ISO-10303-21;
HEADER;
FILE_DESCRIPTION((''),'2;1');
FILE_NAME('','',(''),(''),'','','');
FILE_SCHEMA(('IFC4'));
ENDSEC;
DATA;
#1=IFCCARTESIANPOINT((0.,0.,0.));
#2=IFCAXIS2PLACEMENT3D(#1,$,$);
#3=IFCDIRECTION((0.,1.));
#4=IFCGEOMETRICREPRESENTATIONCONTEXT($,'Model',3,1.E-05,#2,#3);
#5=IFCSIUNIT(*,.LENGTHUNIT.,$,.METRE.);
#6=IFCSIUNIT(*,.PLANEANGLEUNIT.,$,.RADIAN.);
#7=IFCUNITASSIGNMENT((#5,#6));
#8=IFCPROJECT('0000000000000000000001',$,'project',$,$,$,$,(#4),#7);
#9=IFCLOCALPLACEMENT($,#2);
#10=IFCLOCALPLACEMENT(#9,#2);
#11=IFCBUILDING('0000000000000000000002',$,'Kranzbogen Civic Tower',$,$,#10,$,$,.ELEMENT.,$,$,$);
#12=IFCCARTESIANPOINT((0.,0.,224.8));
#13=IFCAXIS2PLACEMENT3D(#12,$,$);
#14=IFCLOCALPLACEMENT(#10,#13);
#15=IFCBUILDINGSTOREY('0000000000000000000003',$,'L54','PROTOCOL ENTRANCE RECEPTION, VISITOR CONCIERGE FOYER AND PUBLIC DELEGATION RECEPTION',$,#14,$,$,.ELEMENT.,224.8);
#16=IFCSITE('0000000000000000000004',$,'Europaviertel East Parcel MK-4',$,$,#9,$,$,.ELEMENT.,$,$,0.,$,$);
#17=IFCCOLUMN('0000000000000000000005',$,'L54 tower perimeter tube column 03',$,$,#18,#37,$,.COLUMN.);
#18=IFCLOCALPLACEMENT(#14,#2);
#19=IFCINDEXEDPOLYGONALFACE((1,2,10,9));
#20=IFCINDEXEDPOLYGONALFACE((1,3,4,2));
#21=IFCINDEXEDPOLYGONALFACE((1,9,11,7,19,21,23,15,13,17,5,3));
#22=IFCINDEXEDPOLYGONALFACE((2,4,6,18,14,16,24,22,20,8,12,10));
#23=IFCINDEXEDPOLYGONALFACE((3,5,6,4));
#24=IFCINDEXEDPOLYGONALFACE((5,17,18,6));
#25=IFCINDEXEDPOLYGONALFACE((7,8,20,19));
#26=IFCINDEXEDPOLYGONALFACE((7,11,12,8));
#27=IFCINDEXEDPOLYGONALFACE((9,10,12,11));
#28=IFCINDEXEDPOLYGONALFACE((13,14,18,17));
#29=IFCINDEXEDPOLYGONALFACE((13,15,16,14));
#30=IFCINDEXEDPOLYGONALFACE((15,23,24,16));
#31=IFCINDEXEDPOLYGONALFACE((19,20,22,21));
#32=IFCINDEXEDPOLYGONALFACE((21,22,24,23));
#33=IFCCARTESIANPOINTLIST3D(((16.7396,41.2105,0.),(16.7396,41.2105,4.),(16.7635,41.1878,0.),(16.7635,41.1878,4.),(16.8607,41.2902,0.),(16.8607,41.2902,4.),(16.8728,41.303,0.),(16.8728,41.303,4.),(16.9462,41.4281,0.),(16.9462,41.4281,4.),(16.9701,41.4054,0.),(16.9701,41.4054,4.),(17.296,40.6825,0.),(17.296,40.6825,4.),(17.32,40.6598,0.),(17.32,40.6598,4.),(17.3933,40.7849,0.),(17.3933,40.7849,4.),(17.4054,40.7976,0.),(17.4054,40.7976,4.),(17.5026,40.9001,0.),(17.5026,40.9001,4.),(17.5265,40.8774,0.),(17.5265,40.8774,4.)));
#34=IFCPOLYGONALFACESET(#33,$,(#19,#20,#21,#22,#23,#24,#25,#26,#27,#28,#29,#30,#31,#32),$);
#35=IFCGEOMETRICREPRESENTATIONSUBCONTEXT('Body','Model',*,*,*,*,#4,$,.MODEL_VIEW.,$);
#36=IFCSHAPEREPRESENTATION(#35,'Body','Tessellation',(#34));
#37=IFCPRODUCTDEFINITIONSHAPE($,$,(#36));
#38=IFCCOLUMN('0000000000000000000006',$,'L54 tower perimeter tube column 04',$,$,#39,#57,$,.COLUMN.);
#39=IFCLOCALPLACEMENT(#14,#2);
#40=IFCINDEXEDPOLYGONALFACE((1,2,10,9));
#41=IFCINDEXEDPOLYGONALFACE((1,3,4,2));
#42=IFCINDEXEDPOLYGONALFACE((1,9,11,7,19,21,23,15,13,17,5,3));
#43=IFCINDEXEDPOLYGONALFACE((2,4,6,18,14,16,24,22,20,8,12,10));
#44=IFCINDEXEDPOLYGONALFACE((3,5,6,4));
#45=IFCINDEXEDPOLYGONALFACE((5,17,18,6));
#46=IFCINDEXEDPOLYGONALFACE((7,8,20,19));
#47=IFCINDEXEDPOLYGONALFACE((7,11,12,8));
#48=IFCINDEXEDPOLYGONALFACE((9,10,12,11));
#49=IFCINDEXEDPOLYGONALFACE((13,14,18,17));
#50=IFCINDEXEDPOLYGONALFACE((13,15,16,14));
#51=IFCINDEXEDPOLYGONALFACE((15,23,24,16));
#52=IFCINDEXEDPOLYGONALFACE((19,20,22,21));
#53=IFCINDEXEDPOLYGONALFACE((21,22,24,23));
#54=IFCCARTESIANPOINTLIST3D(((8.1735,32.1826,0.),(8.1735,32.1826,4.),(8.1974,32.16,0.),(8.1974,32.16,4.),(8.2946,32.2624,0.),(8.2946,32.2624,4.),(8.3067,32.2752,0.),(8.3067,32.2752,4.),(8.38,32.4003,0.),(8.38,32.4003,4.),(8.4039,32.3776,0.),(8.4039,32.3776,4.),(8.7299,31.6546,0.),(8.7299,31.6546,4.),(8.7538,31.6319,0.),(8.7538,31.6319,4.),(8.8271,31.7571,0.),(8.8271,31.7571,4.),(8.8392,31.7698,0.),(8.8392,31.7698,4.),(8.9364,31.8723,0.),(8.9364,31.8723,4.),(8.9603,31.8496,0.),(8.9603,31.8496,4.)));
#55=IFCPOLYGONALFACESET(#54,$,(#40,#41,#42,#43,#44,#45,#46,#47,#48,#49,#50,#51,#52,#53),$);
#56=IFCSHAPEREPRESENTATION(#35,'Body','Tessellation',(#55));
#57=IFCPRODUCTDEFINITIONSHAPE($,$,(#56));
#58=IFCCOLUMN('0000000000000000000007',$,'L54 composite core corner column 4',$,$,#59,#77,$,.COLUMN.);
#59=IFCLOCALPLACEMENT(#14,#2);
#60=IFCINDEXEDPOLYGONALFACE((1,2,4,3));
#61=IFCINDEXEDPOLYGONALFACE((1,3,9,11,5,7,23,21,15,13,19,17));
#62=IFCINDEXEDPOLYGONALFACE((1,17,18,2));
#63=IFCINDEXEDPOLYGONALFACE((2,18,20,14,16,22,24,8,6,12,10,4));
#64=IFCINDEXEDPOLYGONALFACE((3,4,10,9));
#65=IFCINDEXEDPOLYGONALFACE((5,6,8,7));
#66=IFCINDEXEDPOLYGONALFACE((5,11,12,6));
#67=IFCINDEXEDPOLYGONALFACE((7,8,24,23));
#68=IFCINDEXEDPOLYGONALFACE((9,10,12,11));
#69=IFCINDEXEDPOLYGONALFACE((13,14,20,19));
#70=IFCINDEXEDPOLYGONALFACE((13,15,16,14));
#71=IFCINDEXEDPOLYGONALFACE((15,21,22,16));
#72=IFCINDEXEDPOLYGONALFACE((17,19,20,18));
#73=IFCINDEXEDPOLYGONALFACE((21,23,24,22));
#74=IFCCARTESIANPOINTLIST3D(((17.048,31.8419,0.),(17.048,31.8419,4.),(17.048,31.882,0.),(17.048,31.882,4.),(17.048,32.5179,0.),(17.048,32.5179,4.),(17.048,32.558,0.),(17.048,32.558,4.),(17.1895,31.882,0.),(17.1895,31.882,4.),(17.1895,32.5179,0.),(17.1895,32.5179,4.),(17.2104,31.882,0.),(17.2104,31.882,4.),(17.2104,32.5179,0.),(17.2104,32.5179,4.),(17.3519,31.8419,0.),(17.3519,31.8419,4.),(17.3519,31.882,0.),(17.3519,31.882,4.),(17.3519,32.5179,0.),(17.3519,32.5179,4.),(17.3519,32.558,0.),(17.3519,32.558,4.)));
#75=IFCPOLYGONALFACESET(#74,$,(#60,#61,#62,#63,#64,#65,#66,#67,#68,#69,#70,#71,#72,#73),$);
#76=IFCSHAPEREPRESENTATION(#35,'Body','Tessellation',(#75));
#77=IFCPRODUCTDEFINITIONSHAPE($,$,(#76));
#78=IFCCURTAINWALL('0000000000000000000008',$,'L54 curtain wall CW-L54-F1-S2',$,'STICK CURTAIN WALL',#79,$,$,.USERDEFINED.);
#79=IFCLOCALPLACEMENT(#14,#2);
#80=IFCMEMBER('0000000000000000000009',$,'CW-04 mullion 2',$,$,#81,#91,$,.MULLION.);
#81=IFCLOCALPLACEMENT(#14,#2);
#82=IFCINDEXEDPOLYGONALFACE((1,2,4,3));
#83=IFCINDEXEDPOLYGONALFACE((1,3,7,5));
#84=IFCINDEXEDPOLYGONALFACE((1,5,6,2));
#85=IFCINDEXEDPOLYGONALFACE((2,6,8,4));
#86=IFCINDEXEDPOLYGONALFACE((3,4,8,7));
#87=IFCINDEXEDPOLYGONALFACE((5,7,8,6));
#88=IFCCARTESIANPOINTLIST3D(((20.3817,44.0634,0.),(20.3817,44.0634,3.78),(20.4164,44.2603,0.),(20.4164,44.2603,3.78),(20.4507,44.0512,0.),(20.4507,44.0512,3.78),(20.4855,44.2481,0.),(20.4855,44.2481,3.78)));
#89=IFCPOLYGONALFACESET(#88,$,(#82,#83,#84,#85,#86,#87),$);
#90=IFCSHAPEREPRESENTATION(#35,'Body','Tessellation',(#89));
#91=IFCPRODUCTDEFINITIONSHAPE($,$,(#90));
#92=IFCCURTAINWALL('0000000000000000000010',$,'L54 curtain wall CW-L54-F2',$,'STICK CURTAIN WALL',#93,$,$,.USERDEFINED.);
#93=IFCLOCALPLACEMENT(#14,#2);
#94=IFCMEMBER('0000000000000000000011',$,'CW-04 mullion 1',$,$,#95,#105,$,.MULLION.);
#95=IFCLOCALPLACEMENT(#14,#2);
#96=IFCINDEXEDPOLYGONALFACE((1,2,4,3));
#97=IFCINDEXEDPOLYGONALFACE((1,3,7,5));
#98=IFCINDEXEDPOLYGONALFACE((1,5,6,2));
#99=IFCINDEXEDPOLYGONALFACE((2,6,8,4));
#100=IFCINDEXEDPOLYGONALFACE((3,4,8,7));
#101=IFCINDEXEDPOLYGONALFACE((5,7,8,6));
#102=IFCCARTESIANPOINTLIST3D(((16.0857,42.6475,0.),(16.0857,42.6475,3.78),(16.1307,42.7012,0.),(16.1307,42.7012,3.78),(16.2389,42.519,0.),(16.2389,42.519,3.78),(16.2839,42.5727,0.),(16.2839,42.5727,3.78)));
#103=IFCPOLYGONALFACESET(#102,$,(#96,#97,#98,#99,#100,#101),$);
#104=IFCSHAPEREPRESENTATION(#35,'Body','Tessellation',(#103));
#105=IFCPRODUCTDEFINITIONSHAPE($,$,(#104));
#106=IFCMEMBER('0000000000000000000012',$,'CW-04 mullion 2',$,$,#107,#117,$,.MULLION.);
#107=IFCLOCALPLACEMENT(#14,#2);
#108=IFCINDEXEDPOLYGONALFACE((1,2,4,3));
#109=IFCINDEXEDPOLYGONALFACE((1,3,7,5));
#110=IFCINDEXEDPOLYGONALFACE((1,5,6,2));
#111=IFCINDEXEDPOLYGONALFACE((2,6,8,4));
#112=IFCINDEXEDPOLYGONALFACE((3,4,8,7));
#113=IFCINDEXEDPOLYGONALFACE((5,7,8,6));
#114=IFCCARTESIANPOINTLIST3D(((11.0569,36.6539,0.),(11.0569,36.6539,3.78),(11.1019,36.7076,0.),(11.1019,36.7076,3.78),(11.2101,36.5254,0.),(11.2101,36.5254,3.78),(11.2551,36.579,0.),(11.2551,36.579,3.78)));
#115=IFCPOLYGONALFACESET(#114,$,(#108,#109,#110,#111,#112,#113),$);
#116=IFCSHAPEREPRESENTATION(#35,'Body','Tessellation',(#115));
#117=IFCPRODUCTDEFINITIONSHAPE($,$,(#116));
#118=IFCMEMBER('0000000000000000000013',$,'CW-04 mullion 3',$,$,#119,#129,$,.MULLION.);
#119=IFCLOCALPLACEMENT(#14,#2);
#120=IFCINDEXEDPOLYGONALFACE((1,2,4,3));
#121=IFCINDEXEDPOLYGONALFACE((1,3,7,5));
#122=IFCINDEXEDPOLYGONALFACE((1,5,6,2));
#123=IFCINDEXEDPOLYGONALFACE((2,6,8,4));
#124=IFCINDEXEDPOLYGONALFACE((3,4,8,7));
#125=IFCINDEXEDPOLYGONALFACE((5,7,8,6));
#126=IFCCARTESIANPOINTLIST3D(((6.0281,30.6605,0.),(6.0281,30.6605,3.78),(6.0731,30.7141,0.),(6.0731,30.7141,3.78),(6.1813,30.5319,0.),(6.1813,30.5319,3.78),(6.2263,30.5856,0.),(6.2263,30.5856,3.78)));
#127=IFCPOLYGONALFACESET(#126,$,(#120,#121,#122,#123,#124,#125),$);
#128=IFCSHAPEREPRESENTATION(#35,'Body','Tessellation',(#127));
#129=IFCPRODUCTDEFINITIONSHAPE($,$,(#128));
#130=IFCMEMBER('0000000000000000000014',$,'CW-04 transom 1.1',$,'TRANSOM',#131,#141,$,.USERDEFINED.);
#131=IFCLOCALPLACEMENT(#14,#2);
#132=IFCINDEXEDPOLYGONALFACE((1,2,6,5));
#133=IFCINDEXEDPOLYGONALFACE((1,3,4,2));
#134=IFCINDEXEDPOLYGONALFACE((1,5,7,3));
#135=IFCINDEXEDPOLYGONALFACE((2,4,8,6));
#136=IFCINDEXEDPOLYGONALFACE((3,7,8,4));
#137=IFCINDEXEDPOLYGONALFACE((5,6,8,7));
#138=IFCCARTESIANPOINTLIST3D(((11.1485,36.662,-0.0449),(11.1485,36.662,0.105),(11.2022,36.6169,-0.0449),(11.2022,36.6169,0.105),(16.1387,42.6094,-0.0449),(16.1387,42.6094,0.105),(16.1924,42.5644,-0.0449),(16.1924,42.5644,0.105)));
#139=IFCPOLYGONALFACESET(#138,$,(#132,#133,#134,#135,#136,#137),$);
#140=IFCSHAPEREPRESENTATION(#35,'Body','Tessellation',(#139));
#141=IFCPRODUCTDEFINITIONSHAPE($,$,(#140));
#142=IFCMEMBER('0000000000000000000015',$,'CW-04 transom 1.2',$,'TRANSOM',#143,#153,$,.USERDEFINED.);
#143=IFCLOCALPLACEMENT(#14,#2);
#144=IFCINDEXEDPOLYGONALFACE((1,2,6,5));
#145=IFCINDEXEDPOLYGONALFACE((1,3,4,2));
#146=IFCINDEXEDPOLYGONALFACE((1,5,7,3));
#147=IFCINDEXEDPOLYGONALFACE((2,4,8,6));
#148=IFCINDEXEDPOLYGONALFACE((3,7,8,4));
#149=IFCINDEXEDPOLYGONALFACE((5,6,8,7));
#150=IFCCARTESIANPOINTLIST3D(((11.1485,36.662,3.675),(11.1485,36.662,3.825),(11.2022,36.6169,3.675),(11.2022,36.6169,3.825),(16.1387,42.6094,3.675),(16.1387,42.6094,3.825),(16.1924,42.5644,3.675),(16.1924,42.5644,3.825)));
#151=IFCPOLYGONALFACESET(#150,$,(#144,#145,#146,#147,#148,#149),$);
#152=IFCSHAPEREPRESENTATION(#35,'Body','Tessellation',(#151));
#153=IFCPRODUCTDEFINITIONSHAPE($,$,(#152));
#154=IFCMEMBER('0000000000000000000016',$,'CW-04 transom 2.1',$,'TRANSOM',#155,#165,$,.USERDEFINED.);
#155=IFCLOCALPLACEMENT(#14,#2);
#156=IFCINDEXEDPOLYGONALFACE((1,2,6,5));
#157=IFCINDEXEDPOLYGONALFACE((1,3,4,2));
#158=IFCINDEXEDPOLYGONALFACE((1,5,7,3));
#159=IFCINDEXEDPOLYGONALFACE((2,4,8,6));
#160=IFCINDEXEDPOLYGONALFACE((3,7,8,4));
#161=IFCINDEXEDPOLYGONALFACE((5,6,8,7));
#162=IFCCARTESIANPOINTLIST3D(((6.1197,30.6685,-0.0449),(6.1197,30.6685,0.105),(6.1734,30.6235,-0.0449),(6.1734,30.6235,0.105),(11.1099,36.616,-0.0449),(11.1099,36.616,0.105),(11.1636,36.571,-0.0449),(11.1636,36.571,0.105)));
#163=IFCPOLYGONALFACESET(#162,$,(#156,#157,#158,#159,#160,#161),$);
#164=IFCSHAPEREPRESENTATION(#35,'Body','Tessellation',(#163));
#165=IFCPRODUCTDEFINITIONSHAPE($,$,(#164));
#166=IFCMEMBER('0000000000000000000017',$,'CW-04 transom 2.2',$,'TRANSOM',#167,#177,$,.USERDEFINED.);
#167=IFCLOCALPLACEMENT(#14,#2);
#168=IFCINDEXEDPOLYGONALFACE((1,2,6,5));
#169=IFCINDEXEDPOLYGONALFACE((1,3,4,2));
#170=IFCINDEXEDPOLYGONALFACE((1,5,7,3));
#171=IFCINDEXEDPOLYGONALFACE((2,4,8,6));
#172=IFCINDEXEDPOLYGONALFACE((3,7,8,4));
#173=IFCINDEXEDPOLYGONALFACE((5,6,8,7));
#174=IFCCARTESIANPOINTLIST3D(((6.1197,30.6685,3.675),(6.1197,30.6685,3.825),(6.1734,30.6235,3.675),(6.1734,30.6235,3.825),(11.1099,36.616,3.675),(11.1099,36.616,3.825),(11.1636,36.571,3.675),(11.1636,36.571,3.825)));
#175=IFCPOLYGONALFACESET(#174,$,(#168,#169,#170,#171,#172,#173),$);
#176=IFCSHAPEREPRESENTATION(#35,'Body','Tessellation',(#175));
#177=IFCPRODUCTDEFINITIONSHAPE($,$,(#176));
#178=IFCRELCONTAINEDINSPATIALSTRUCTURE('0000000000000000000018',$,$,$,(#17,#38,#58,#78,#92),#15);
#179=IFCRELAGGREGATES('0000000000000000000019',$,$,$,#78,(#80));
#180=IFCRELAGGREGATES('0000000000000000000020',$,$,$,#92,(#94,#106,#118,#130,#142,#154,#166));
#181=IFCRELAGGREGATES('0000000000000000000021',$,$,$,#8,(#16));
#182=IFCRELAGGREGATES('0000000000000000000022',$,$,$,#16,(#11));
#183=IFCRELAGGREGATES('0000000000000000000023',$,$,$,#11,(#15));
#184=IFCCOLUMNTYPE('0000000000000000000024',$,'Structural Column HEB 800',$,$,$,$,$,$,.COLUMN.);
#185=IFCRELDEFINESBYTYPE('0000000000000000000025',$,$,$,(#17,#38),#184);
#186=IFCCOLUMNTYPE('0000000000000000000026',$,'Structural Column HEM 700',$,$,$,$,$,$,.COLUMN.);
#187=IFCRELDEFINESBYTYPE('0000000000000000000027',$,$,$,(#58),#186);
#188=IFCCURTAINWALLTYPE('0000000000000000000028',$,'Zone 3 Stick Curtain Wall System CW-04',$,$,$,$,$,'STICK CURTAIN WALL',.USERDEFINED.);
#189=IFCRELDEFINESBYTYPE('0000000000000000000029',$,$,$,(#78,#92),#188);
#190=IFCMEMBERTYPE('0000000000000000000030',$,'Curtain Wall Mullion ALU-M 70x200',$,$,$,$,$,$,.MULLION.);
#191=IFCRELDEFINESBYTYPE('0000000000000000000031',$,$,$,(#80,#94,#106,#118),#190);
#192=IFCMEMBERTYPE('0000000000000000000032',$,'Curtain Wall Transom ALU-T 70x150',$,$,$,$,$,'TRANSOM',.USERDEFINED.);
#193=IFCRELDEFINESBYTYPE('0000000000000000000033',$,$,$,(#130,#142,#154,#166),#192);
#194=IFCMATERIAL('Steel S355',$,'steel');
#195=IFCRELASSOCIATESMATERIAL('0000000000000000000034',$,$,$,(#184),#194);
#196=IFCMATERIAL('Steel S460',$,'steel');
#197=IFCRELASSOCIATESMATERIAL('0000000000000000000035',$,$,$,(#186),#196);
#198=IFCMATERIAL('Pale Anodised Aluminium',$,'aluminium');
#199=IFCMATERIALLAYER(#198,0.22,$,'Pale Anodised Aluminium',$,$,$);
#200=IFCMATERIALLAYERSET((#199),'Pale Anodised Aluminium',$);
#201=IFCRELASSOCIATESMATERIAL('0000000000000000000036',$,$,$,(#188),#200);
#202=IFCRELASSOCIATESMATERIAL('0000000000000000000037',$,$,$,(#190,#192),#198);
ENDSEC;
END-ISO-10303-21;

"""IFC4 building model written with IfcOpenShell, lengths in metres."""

from ifc_helpers import new_model, si_unit, direction, frame, origin, origin_2d, place, context, subcontext, project, spatial, rectangle, i_section, extrude, material, layer, layer_set, material_profile, profile_set, type_object, element, aggregate, save


model = new_model("IFC4")

# Units and contexts
model_context = context("Model", 3, precision=1e-05, world=origin(), true_north=direction((0.0, 1.0)))
body_context = subcontext(model_context, "Body", "Model", "MODEL_VIEW")
ifc_project = project(units=[si_unit("LENGTHUNIT", "METRE"), si_unit("PLANEANGLEUNIT", "RADIAN")], contexts=[model_context])

# Site, building, storey
site_placement = place(None, origin())
site = spatial("IfcSite", under=ifc_project, at=site_placement, Name="Europaviertel East Parcel MK-4", CompositionType="ELEMENT", RefElevation=0.0)
building_placement = place(site_placement, origin())
building = spatial("IfcBuilding", under=site, at=building_placement, Name="Kranzbogen Civic Tower", CompositionType="ELEMENT")
storey_placement = place(building_placement, frame((0.0, 0.0, 224.8)))
storey = spatial("IfcBuildingStorey", under=building, at=storey_placement, Name="L54", Description="PROTOCOL ENTRANCE RECEPTION, VISITOR CONCIERGE FOYER AND PUBLIC DELEGATION RECEPTION", CompositionType="ELEMENT", Elevation=224.8)

# Columns
ifc_material_1 = material(Name="Steel S355", Category="steel")
ifc_material_profile_1 = material_profile(ifc_material_1, i_section(OverallWidth=0.3, OverallDepth=0.8, WebThickness=0.0176, FlangeThickness=0.033, at=origin_2d()), Name="HEB 800")
ifc_profile_set_1 = profile_set([ifc_material_profile_1], Name="Steel S355")
column_type_1 = type_object("IfcColumnType", Name="Structural Column HEB 800", PredefinedType="COLUMN", material=ifc_profile_set_1)
for number, where, z_axis, x_axis, name in (
    (1, (17.1331, 41.0439, 0.0), (0.0, 0.0, 1.0), (0.688355, 0.725374, 0.0), "L54 tower perimeter tube column 03"),
    (2, (8.5669, 32.0161, 0.0), (0.0, 0.0, 1.0), (0.688355, 0.725374, 0.0), "L54 tower perimeter tube column 04"),
):
    element("IfcColumn", number, at=place(storey_placement, frame(where, z_axis=z_axis, x_axis=x_axis)), inside=storey, type_object=column_type_1, Name=name, PredefinedType="COLUMN", context=body_context, shape_type="SweptSolid", body=[
        extrude(i_section(OverallWidth=0.3, OverallDepth=0.8, WebThickness=0.0176, FlangeThickness=0.033, at=origin_2d()), origin(), (0.0, 0.0, 1.0), 4.0),
    ])
ifc_material_2 = material(Name="Steel S460", Category="steel")
ifc_material_profile_2 = material_profile(ifc_material_2, i_section(OverallWidth=0.304, OverallDepth=0.7161, WebThickness=0.021, FlangeThickness=0.04, at=origin_2d()), Name="HEM 700")
ifc_profile_set_2 = profile_set([ifc_material_profile_2], Name="Steel S460")
column_type_2 = type_object("IfcColumnType", Name="Structural Column HEM 700", PredefinedType="COLUMN", material=ifc_profile_set_2)
column_placement = place(storey_placement, frame((17.2, 32.2, 0.0), z_axis=(0.0, 0.0, 1.0), x_axis=(1.0, 0.0, 0.0)))
element("IfcColumn", 3, at=column_placement, inside=storey, type_object=column_type_2, Name="L54 composite core corner column 4", PredefinedType="COLUMN", context=body_context, shape_type="SweptSolid", body=[
    extrude(i_section(OverallWidth=0.304, OverallDepth=0.7161, WebThickness=0.021, FlangeThickness=0.04, at=origin_2d()), origin(), (0.0, 0.0, 1.0), 4.0),
])

# Curtain wall, member
ifc_material_3 = material(Name="Pale Anodised Aluminium", Category="aluminium")
ifc_layer_1 = layer(ifc_material_3, 0.22, Name="Pale Anodised Aluminium")
ifc_layer_set_1 = layer_set([ifc_layer_1], Name="Pale Anodised Aluminium")
curtain_wall_type = type_object("IfcCurtainWallType", Name="Zone 3 Stick Curtain Wall System CW-04", ElementType="STICK CURTAIN WALL", PredefinedType="USERDEFINED", material=ifc_layer_set_1)
curtain_wall_1_placement = place(storey_placement, origin())
curtain_wall_1 = element("IfcCurtainWall", 4, at=curtain_wall_1_placement, inside=storey, type_object=curtain_wall_type, Name="L54 curtain wall CW-L54-F1-S2", ObjectType="STICK CURTAIN WALL", PredefinedType="USERDEFINED")
ifc_material_profile_3 = material_profile(ifc_material_3, rectangle(XDim=0.0701, YDim=0.2, at=origin_2d()), Name="ALU-M 70x200")
ifc_profile_set_3 = profile_set([ifc_material_profile_3], Name="Pale Anodised Aluminium")
member_type_1 = type_object("IfcMemberType", Name="Curtain Wall Mullion ALU-M 70x200", PredefinedType="MULLION", material=ifc_profile_set_3)
member_1_placement = place(storey_placement, frame((20.4336, 44.1558, 0.0), z_axis=(0.0, 0.0, 1.0), x_axis=(-0.984815, 0.173605, 0.0)))
member_1 = element("IfcMember", 5, at=member_1_placement, type_object=member_type_1, Name="CW-04 mullion 2", PredefinedType="MULLION", context=body_context, shape_type="SweptSolid", body=[
    extrude(rectangle(XDim=0.0701, YDim=0.2, at=origin_2d()), origin(), (0.0, 0.0, 1.0), 3.78),
])
aggregate(curtain_wall_1, [member_1])

# Curtain wall, members
curtain_wall_2_placement = place(storey_placement, origin())
curtain_wall_2 = element("IfcCurtainWall", 6, at=curtain_wall_2_placement, inside=storey, type_object=curtain_wall_type, Name="L54 curtain wall CW-L54-F2", ObjectType="STICK CURTAIN WALL", PredefinedType="USERDEFINED")
member_2_placement = place(storey_placement, frame((16.1848, 42.6101, 0.0), z_axis=(0.0, 0.0, 1.0), x_axis=(-0.642755, -0.766072, 0.0)))
member_2 = element("IfcMember", 7, at=member_2_placement, type_object=member_type_1, Name="CW-04 mullion 1", PredefinedType="MULLION", context=body_context, shape_type="SweptSolid", body=[
    extrude(rectangle(XDim=0.0701, YDim=0.2, at=origin_2d()), origin(), (0.0, 0.0, 1.0), 3.78),
])
member_3_placement = place(storey_placement, frame((11.156, 36.6165, 0.0), z_axis=(0.0, 0.0, 1.0), x_axis=(-0.642755, -0.766072, 0.0)))
member_3 = element("IfcMember", 8, at=member_3_placement, type_object=member_type_1, Name="CW-04 mullion 2", PredefinedType="MULLION", context=body_context, shape_type="SweptSolid", body=[
    extrude(rectangle(XDim=0.0701, YDim=0.2, at=origin_2d()), origin(), (0.0, 0.0, 1.0), 3.78),
])
member_4_placement = place(storey_placement, frame((6.1272, 30.623, 0.0), z_axis=(0.0, 0.0, 1.0), x_axis=(-0.642755, -0.766072, 0.0)))
member_4 = element("IfcMember", 9, at=member_4_placement, type_object=member_type_1, Name="CW-04 mullion 3", PredefinedType="MULLION", context=body_context, shape_type="SweptSolid", body=[
    extrude(rectangle(XDim=0.0701, YDim=0.2, at=origin_2d()), origin(), (0.0, 0.0, 1.0), 3.78),
])
ifc_material_profile_4 = material_profile(ifc_material_3, rectangle(XDim=0.0701, YDim=0.1499, at=origin_2d()), Name="ALU-T 70x150")
ifc_profile_set_4 = profile_set([ifc_material_profile_4], Name="Pale Anodised Aluminium")
member_type_2 = type_object("IfcMemberType", Name="Curtain Wall Transom ALU-T 70x150", ElementType="TRANSOM", PredefinedType="USERDEFINED", material=ifc_profile_set_4)
member_5_placement = place(storey_placement, frame((16.1655, 42.5869, 0.03), z_axis=(-0.642764, -0.766065, 0.0), x_axis=(0.766065, -0.642764, 0.0)))
member_5 = element("IfcMember", 10, at=member_5_placement, type_object=member_type_2, Name="CW-04 transom 1.1", ObjectType="TRANSOM", PredefinedType="USERDEFINED", context=body_context, shape_type="SweptSolid", body=[
    extrude(rectangle(XDim=0.0701, YDim=0.1499, at=origin_2d()), origin(), (0.0, 0.0, 1.0), 7.7637),
])
member_6_placement = place(storey_placement, frame((16.1655, 42.5869, 3.75), z_axis=(-0.642764, -0.766065, 0.0), x_axis=(0.766065, -0.642764, 0.0)))
member_6 = element("IfcMember", 11, at=member_6_placement, type_object=member_type_2, Name="CW-04 transom 1.2", ObjectType="TRANSOM", PredefinedType="USERDEFINED", context=body_context, shape_type="SweptSolid", body=[
    extrude(rectangle(XDim=0.0701, YDim=0.1499, at=origin_2d()), origin(), (0.0, 0.0, 1.0), 7.7637),
])
member_7_placement = place(storey_placement, frame((11.1367, 36.5935, 0.03), z_axis=(-0.642764, -0.766065, 0.0), x_axis=(0.766065, -0.642764, 0.0)))
member_7 = element("IfcMember", 12, at=member_7_placement, type_object=member_type_2, Name="CW-04 transom 2.1", ObjectType="TRANSOM", PredefinedType="USERDEFINED", context=body_context, shape_type="SweptSolid", body=[
    extrude(rectangle(XDim=0.0701, YDim=0.1499, at=origin_2d()), origin(), (0.0, 0.0, 1.0), 7.7637),
])
member_8_placement = place(storey_placement, frame((11.1367, 36.5935, 3.75), z_axis=(-0.642764, -0.766065, 0.0), x_axis=(0.766065, -0.642764, 0.0)))
member_8 = element("IfcMember", 13, at=member_8_placement, type_object=member_type_2, Name="CW-04 transom 2.2", ObjectType="TRANSOM", PredefinedType="USERDEFINED", context=body_context, shape_type="SweptSolid", body=[
    extrude(rectangle(XDim=0.0701, YDim=0.1499, at=origin_2d()), origin(), (0.0, 0.0, 1.0), 7.7637),
])

aggregate(curtain_wall_2, [member_2, member_3, member_4, member_5, member_6, member_7, member_8])

save(model, "model.ifc")
